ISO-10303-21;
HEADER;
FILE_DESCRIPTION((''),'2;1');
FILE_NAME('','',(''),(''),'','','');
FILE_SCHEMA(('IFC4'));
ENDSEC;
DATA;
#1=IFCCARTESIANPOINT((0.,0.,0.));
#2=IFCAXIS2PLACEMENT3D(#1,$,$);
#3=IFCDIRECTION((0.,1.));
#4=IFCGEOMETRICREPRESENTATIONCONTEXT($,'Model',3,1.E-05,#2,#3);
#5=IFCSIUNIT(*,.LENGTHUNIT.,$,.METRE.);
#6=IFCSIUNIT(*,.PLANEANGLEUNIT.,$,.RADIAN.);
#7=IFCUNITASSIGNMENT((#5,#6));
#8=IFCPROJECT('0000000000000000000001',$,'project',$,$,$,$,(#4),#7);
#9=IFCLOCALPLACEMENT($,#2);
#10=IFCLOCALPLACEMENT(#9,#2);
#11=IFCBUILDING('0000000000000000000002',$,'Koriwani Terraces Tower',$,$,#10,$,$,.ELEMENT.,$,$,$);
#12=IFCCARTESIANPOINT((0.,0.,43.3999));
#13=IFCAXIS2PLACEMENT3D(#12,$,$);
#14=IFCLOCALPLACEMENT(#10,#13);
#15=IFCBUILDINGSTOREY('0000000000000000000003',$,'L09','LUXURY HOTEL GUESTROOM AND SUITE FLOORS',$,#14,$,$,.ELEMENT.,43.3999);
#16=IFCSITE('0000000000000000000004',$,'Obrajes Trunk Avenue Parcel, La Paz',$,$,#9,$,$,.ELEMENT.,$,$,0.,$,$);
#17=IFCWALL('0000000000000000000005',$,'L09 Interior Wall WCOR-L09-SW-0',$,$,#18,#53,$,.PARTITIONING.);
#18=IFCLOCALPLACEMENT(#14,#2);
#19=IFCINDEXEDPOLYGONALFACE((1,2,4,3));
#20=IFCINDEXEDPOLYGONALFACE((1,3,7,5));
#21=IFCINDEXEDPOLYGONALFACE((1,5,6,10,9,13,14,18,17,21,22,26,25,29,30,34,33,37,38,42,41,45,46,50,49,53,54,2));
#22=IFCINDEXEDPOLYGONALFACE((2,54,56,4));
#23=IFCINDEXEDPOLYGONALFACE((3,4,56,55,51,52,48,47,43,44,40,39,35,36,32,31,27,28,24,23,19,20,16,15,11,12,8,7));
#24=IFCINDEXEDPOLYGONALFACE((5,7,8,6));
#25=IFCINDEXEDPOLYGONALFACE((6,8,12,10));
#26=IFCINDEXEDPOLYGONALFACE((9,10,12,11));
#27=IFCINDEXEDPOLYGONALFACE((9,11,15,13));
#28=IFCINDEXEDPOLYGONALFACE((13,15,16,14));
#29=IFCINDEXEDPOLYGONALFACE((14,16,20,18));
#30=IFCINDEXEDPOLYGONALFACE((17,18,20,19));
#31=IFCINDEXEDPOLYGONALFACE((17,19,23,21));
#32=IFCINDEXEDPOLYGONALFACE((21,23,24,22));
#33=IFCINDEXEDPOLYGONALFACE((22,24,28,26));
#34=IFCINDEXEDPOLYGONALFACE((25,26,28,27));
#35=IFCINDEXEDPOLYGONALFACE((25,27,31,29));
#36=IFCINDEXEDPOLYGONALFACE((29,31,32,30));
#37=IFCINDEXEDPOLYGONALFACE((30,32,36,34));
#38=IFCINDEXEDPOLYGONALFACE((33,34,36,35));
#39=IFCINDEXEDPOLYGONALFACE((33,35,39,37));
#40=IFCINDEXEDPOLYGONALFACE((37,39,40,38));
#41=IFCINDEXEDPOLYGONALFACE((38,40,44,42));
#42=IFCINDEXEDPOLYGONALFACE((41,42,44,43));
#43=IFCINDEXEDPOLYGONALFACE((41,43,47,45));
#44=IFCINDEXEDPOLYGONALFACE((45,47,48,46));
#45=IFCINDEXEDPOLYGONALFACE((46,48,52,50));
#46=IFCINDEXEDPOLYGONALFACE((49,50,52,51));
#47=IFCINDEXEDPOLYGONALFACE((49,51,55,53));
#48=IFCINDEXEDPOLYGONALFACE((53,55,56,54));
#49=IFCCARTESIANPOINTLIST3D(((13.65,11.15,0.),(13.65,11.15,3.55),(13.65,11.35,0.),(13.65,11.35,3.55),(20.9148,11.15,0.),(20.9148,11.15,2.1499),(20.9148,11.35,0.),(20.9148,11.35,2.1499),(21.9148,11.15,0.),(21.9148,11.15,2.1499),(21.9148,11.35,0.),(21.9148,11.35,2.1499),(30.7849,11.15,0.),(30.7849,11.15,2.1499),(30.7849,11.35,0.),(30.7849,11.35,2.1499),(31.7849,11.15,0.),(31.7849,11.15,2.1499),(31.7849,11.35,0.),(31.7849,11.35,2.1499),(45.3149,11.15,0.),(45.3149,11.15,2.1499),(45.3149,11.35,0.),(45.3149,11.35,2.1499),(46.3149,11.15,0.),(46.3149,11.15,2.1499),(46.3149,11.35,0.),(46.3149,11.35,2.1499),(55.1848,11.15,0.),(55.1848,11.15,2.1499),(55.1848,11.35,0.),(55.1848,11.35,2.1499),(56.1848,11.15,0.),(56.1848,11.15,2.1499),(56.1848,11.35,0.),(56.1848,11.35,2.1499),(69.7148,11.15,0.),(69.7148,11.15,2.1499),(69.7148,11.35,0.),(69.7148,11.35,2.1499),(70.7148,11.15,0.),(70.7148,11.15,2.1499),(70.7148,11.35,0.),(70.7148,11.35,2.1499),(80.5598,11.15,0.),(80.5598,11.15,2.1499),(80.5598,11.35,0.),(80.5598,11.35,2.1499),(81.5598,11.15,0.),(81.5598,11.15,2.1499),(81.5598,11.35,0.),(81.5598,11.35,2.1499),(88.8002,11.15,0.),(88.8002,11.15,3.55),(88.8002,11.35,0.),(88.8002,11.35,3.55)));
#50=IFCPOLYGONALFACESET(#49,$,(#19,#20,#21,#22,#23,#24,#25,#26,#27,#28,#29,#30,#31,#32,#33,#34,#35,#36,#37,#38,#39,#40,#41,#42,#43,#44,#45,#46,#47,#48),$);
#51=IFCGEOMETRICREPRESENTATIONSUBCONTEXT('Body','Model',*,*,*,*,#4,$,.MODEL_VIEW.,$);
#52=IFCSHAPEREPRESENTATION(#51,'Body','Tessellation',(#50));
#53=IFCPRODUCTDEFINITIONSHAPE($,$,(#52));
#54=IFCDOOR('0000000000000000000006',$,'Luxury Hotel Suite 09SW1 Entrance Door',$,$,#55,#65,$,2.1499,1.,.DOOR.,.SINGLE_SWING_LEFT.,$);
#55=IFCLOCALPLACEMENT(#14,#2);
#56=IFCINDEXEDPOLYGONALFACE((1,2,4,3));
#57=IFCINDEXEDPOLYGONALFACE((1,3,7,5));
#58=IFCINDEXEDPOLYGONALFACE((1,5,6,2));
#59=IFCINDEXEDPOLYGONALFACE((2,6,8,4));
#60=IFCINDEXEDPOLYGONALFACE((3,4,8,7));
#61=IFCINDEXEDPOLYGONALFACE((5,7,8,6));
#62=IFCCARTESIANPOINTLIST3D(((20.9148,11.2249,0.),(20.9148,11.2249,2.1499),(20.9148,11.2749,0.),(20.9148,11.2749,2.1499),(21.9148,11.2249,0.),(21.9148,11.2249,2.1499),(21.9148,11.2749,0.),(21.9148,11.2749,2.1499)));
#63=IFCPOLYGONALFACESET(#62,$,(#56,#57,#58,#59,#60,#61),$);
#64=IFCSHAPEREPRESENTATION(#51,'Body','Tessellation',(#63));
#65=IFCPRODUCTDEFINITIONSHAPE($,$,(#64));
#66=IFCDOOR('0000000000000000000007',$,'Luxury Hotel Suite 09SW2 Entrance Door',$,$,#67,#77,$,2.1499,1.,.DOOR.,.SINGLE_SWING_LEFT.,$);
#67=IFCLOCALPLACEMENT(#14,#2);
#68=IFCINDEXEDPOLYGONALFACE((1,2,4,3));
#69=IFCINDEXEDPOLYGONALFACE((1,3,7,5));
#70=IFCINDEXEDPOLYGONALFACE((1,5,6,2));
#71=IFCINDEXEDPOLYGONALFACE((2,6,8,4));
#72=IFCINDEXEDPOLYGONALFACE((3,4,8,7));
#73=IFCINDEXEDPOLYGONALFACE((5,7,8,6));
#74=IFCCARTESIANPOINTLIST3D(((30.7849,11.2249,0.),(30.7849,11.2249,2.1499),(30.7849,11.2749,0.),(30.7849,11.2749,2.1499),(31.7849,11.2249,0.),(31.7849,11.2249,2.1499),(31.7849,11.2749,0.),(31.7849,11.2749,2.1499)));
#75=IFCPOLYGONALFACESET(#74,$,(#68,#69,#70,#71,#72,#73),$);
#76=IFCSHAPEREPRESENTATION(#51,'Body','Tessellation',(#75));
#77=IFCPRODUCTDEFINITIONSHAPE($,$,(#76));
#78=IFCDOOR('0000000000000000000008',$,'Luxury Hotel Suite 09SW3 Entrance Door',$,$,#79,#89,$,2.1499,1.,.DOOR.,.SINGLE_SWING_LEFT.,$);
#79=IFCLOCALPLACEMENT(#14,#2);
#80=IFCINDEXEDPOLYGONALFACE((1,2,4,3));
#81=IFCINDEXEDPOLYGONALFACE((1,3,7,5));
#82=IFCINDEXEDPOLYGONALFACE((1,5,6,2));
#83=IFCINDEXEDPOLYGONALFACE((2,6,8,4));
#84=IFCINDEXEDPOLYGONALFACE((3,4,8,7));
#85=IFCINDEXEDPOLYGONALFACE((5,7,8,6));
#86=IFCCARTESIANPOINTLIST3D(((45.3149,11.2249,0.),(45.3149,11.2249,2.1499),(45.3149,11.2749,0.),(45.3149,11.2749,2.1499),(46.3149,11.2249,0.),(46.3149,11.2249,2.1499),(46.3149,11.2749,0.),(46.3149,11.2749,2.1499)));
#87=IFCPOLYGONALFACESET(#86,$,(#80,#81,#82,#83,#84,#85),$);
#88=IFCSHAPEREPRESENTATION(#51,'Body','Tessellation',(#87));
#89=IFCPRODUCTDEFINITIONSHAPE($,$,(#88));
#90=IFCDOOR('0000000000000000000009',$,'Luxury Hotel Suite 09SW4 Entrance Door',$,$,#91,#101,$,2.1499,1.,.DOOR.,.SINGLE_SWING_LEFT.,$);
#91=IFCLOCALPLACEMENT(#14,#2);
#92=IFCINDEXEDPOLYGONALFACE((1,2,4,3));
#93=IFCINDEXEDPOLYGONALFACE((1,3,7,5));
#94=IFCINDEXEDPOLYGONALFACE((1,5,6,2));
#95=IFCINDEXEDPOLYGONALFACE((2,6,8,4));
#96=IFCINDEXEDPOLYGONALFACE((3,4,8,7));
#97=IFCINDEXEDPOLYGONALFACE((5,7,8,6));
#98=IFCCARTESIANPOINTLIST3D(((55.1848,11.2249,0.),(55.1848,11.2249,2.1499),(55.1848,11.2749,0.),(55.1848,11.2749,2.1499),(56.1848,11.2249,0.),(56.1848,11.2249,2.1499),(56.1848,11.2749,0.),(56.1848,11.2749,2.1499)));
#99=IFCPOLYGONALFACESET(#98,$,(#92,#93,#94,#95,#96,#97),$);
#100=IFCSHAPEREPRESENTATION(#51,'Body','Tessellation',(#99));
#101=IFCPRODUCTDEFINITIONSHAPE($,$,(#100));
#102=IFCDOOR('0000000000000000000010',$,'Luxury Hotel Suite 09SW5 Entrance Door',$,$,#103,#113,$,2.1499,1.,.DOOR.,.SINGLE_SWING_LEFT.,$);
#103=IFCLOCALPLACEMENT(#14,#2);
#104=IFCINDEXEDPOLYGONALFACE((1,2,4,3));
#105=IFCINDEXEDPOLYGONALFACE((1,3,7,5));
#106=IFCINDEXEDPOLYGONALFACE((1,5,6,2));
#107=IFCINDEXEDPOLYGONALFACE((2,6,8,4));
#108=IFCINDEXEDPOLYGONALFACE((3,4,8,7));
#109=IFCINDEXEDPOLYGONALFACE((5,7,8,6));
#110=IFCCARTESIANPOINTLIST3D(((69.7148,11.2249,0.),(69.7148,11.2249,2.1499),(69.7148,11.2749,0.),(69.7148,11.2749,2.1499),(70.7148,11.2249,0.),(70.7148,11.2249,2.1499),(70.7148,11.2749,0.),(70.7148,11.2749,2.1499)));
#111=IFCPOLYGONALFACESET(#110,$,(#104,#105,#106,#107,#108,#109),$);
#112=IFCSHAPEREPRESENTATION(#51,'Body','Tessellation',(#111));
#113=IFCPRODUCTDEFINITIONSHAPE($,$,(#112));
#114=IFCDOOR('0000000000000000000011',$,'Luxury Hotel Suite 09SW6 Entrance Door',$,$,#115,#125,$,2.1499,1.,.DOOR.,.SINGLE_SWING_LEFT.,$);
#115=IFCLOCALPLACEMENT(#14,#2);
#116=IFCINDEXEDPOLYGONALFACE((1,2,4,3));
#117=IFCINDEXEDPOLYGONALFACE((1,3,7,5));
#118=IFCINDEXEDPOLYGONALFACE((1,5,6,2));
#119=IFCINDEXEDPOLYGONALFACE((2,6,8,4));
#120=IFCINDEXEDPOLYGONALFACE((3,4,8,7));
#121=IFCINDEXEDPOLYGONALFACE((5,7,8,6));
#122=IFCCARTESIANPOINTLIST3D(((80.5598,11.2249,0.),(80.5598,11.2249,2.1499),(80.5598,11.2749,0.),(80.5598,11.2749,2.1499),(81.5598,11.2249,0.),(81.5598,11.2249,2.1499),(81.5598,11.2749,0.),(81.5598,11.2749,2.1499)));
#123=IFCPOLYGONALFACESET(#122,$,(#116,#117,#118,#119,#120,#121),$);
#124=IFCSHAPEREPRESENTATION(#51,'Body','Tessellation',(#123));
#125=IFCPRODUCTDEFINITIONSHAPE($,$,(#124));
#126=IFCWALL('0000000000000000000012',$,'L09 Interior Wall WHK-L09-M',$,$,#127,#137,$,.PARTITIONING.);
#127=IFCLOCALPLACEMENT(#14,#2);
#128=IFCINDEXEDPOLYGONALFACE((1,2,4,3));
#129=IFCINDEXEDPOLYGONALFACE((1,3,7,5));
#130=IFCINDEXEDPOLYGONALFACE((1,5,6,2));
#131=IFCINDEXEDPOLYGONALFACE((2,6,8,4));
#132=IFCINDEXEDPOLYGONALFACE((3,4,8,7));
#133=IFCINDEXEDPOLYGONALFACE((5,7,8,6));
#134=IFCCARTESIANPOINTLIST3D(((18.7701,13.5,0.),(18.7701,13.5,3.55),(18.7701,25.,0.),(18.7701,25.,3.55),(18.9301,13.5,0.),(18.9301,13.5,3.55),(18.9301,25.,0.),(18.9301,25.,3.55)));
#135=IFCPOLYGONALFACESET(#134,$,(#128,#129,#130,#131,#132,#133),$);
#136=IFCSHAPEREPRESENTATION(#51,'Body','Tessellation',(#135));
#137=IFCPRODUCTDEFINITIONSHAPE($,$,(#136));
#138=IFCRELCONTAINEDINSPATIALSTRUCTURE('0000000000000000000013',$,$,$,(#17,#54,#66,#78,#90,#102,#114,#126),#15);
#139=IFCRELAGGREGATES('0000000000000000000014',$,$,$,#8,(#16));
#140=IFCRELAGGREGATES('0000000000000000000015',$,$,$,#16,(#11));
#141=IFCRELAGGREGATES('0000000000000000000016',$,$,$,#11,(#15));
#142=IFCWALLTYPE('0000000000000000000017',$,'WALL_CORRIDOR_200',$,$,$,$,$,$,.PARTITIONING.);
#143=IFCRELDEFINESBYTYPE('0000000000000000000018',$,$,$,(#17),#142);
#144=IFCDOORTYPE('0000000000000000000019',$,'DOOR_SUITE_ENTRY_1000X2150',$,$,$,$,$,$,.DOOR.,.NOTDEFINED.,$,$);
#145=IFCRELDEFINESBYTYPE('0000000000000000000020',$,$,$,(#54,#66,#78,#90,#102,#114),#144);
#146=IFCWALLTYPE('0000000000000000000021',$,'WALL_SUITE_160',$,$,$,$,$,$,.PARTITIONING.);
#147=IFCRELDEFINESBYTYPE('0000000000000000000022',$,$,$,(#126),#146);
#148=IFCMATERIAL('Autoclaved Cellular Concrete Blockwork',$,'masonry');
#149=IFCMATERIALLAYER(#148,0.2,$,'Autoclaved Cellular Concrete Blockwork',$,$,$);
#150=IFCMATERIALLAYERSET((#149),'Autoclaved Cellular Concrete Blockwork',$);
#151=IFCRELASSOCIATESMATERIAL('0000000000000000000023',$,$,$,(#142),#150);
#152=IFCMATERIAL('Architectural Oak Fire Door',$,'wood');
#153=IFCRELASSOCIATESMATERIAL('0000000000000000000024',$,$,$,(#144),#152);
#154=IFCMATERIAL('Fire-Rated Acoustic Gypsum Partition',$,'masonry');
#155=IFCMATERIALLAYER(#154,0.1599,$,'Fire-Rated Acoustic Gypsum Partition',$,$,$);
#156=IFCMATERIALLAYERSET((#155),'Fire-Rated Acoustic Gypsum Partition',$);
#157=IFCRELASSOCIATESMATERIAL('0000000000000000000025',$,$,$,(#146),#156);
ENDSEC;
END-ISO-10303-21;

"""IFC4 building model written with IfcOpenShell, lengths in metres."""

from ifc_helpers import new_model, si_unit, direction, frame, frame_2d, origin, place, context, subcontext, project, spatial, rectangle, extrude, material, layer, layer_set, type_object, element, fill, save


model = new_model("IFC4")

# Units and contexts
model_context = context("Model", 3, precision=1e-05, world=origin(), true_north=direction((0.0, 1.0)))
body_context = subcontext(model_context, "Body", "Model", "MODEL_VIEW")
ifc_project = project(units=[si_unit("LENGTHUNIT", "METRE"), si_unit("PLANEANGLEUNIT", "RADIAN")], contexts=[model_context])

# Site, building, storey
site_placement = place(None, origin())
site = spatial("IfcSite", under=ifc_project, at=site_placement, Name="Obrajes Trunk Avenue Parcel, La Paz", CompositionType="ELEMENT", RefElevation=0.0)
building_placement = place(site_placement, origin())
building = spatial("IfcBuilding", under=site, at=building_placement, Name="Koriwani Terraces Tower", CompositionType="ELEMENT")
storey_placement = place(building_placement, frame((0.0, 0.0, 43.3999)))
storey = spatial("IfcBuildingStorey", under=building, at=storey_placement, Name="L09", Description="LUXURY HOTEL GUESTROOM AND SUITE FLOORS", CompositionType="ELEMENT", Elevation=43.3999)

# Shared definitions
ifc_material_1 = material(Name="Autoclaved Cellular Concrete Blockwork", Category="masonry")
ifc_layer_1 = layer(ifc_material_1, 0.2, Name="Autoclaved Cellular Concrete Blockwork")
ifc_layer_set_1 = layer_set([ifc_layer_1], Name="Autoclaved Cellular Concrete Blockwork")
wall_type_1 = type_object("IfcWallType", Name="WALL_CORRIDOR_200", PredefinedType="PARTITIONING", material=ifc_layer_set_1)
ifc_material_2 = material(Name="Architectural Oak Fire Door", Category="wood")

# Wall, openings, doors
door_type_1 = type_object("IfcDoorType", Name="DOOR_SUITE_ENTRY_1000X2150", OperationType="NOTDEFINED", PredefinedType="DOOR", material=ifc_material_2)
wall_1_placement = place(storey_placement, frame((13.6499, 11.25, 0.0), z_axis=(0.0, 0.0, 1.0), x_axis=(1.0, 0.0, 0.0)))
wall_1 = element("IfcWall", 1, at=wall_1_placement, inside=storey, type_object=wall_type_1, Name="L09 Interior Wall WCOR-L09-SW-0", PredefinedType="PARTITIONING", context=body_context, shape_type="SweptSolid", body=[
    extrude(rectangle(XDim=75.1501, YDim=0.2, at=frame_2d((37.5752, 0.0))), origin(), (0.0, 0.0, 1.0), 3.55),
])
opening_1_placement = place(wall_1_placement, frame((7.2649, 0.0, 0.0)))
opening_1 = element("IfcOpeningElement", 2, at=opening_1_placement, cuts=wall_1, PredefinedType="OPENING", context=body_context, shape_type="SweptSolid", body=[
    extrude(rectangle(XDim=1.0, YDim=2.1499, at=frame_2d((0.5, 1.075))), frame((0.0, 0.1099, 0.0), z_axis=(0.0, -1.0, 0.0), x_axis=(1.0, 0.0, 0.0)), (0.0, 0.0, 1.0), 0.22),
])
opening_2_placement = place(wall_1_placement, frame((17.135, 0.0, 0.0)))
opening_2 = element("IfcOpeningElement", 3, at=opening_2_placement, cuts=wall_1, PredefinedType="OPENING", context=body_context, shape_type="SweptSolid", body=[
    extrude(rectangle(XDim=1.0, YDim=2.1499, at=frame_2d((0.5, 1.075))), frame((0.0, 0.1099, 0.0), z_axis=(0.0, -1.0, 0.0), x_axis=(1.0, 0.0, 0.0)), (0.0, 0.0, 1.0), 0.22),
])
opening_3_placement = place(wall_1_placement, frame((31.665, 0.0, 0.0)))
opening_3 = element("IfcOpeningElement", 4, at=opening_3_placement, cuts=wall_1, PredefinedType="OPENING", context=body_context, shape_type="SweptSolid", body=[
    extrude(rectangle(XDim=1.0, YDim=2.1499, at=frame_2d((0.5, 1.075))), frame((0.0, 0.1099, 0.0), z_axis=(0.0, -1.0, 0.0), x_axis=(1.0, 0.0, 0.0)), (0.0, 0.0, 1.0), 0.22),
])
opening_4_placement = place(wall_1_placement, frame((41.5349, 0.0, 0.0)))
opening_4 = element("IfcOpeningElement", 5, at=opening_4_placement, cuts=wall_1, PredefinedType="OPENING", context=body_context, shape_type="SweptSolid", body=[
    extrude(rectangle(XDim=1.0, YDim=2.1499, at=frame_2d((0.5, 1.075))), frame((0.0, 0.1099, 0.0), z_axis=(0.0, -1.0, 0.0), x_axis=(1.0, 0.0, 0.0)), (0.0, 0.0, 1.0), 0.22),
])
opening_5_placement = place(wall_1_placement, frame((56.0649, 0.0, 0.0)))
opening_5 = element("IfcOpeningElement", 6, at=opening_5_placement, cuts=wall_1, PredefinedType="OPENING", context=body_context, shape_type="SweptSolid", body=[
    extrude(rectangle(XDim=1.0, YDim=2.1499, at=frame_2d((0.5, 1.075))), frame((0.0, 0.1099, 0.0), z_axis=(0.0, -1.0, 0.0), x_axis=(1.0, 0.0, 0.0)), (0.0, 0.0, 1.0), 0.22),
])
opening_6_placement = place(wall_1_placement, frame((66.9099, 0.0, 0.0)))
opening_6 = element("IfcOpeningElement", 7, at=opening_6_placement, cuts=wall_1, PredefinedType="OPENING", context=body_context, shape_type="SweptSolid", body=[
    extrude(rectangle(XDim=1.0, YDim=2.1499, at=frame_2d((0.5, 1.075))), frame((0.0, 0.1099, 0.0), z_axis=(0.0, -1.0, 0.0), x_axis=(1.0, 0.0, 0.0)), (0.0, 0.0, 1.0), 0.22),
])
door_1_placement = place(opening_1_placement, origin())
door_1 = element("IfcDoor", 8, at=door_1_placement, inside=storey, type_object=door_type_1, Name="Luxury Hotel Suite 09SW1 Entrance Door", OperationType="SINGLE_SWING_LEFT", OverallHeight=2.1499, OverallWidth=1.0, PredefinedType="DOOR", context=body_context, shape_type="SweptSolid", body=[
    extrude(rectangle(XDim=1.0, YDim=2.1499, at=frame_2d((0.5, 1.075))), frame((0.0, 0.0249, 0.0), z_axis=(0.0, -1.0, 0.0), x_axis=(1.0, 0.0, 0.0)), (0.0, 0.0, 1.0), 0.05),
])
fill(opening_1, door_1)
door_2_placement = place(opening_2_placement, origin())
door_2 = element("IfcDoor", 9, at=door_2_placement, inside=storey, type_object=door_type_1, Name="Luxury Hotel Suite 09SW2 Entrance Door", OperationType="SINGLE_SWING_LEFT", OverallHeight=2.1499, OverallWidth=1.0, PredefinedType="DOOR", context=body_context, shape_type="SweptSolid", body=[
    extrude(rectangle(XDim=1.0, YDim=2.1499, at=frame_2d((0.5, 1.075))), frame((0.0, 0.0249, 0.0), z_axis=(0.0, -1.0, 0.0), x_axis=(1.0, 0.0, 0.0)), (0.0, 0.0, 1.0), 0.05),
])
fill(opening_2, door_2)
door_3_placement = place(opening_3_placement, origin())
door_3 = element("IfcDoor", 10, at=door_3_placement, inside=storey, type_object=door_type_1, Name="Luxury Hotel Suite 09SW3 Entrance Door", OperationType="SINGLE_SWING_LEFT", OverallHeight=2.1499, OverallWidth=1.0, PredefinedType="DOOR", context=body_context, shape_type="SweptSolid", body=[
    extrude(rectangle(XDim=1.0, YDim=2.1499, at=frame_2d((0.5, 1.075))), frame((0.0, 0.0249, 0.0), z_axis=(0.0, -1.0, 0.0), x_axis=(1.0, 0.0, 0.0)), (0.0, 0.0, 1.0), 0.05),
])
fill(opening_3, door_3)
door_4_placement = place(opening_4_placement, origin())
door_4 = element("IfcDoor", 11, at=door_4_placement, inside=storey, type_object=door_type_1, Name="Luxury Hotel Suite 09SW4 Entrance Door", OperationType="SINGLE_SWING_LEFT", OverallHeight=2.1499, OverallWidth=1.0, PredefinedType="DOOR", context=body_context, shape_type="SweptSolid", body=[
    extrude(rectangle(XDim=1.0, YDim=2.1499, at=frame_2d((0.5, 1.075))), frame((0.0, 0.0249, 0.0), z_axis=(0.0, -1.0, 0.0), x_axis=(1.0, 0.0, 0.0)), (0.0, 0.0, 1.0), 0.05),
])
fill(opening_4, door_4)
door_5_placement = place(opening_5_placement, origin())
door_5 = element("IfcDoor", 12, at=door_5_placement, inside=storey, type_object=door_type_1, Name="Luxury Hotel Suite 09SW5 Entrance Door", OperationType="SINGLE_SWING_LEFT", OverallHeight=2.1499, OverallWidth=1.0, PredefinedType="DOOR", context=body_context, shape_type="SweptSolid", body=[
    extrude(rectangle(XDim=1.0, YDim=2.1499, at=frame_2d((0.5, 1.075))), frame((0.0, 0.0249, 0.0), z_axis=(0.0, -1.0, 0.0), x_axis=(1.0, 0.0, 0.0)), (0.0, 0.0, 1.0), 0.05),
])
fill(opening_5, door_5)
door_6_placement = place(opening_6_placement, origin())
door_6 = element("IfcDoor", 13, at=door_6_placement, inside=storey, type_object=door_type_1, Name="Luxury Hotel Suite 09SW6 Entrance Door", OperationType="SINGLE_SWING_LEFT", OverallHeight=2.1499, OverallWidth=1.0, PredefinedType="DOOR", context=body_context, shape_type="SweptSolid", body=[
    extrude(rectangle(XDim=1.0, YDim=2.1499, at=frame_2d((0.5, 1.075))), frame((0.0, 0.0249, 0.0), z_axis=(0.0, -1.0, 0.0), x_axis=(1.0, 0.0, 0.0)), (0.0, 0.0, 1.0), 0.05),
])
fill(opening_6, door_6)

# Wall
ifc_material_3 = material(Name="Fire-Rated Acoustic Gypsum Partition", Category="masonry")
ifc_layer_2 = layer(ifc_material_3, 0.1599, Name="Fire-Rated Acoustic Gypsum Partition")
ifc_layer_set_2 = layer_set([ifc_layer_2], Name="Fire-Rated Acoustic Gypsum Partition")
wall_type_2 = type_object("IfcWallType", Name="WALL_SUITE_160", PredefinedType="PARTITIONING", material=ifc_layer_set_2)
wall_2_placement = place(storey_placement, frame((18.8501, 13.5, 0.0), z_axis=(0.0, 0.0, 1.0), x_axis=(0.0, 1.0, 0.0)))
element("IfcWall", 14, at=wall_2_placement, inside=storey, type_object=wall_type_2, Name="L09 Interior Wall WHK-L09-M", PredefinedType="PARTITIONING", context=body_context, shape_type="SweptSolid", body=[
    extrude(rectangle(XDim=11.5, YDim=0.1599, at=frame_2d((5.75, 0.0))), origin(), (0.0, 0.0, 1.0), 3.55),
])

save(model, "model.ifc")
